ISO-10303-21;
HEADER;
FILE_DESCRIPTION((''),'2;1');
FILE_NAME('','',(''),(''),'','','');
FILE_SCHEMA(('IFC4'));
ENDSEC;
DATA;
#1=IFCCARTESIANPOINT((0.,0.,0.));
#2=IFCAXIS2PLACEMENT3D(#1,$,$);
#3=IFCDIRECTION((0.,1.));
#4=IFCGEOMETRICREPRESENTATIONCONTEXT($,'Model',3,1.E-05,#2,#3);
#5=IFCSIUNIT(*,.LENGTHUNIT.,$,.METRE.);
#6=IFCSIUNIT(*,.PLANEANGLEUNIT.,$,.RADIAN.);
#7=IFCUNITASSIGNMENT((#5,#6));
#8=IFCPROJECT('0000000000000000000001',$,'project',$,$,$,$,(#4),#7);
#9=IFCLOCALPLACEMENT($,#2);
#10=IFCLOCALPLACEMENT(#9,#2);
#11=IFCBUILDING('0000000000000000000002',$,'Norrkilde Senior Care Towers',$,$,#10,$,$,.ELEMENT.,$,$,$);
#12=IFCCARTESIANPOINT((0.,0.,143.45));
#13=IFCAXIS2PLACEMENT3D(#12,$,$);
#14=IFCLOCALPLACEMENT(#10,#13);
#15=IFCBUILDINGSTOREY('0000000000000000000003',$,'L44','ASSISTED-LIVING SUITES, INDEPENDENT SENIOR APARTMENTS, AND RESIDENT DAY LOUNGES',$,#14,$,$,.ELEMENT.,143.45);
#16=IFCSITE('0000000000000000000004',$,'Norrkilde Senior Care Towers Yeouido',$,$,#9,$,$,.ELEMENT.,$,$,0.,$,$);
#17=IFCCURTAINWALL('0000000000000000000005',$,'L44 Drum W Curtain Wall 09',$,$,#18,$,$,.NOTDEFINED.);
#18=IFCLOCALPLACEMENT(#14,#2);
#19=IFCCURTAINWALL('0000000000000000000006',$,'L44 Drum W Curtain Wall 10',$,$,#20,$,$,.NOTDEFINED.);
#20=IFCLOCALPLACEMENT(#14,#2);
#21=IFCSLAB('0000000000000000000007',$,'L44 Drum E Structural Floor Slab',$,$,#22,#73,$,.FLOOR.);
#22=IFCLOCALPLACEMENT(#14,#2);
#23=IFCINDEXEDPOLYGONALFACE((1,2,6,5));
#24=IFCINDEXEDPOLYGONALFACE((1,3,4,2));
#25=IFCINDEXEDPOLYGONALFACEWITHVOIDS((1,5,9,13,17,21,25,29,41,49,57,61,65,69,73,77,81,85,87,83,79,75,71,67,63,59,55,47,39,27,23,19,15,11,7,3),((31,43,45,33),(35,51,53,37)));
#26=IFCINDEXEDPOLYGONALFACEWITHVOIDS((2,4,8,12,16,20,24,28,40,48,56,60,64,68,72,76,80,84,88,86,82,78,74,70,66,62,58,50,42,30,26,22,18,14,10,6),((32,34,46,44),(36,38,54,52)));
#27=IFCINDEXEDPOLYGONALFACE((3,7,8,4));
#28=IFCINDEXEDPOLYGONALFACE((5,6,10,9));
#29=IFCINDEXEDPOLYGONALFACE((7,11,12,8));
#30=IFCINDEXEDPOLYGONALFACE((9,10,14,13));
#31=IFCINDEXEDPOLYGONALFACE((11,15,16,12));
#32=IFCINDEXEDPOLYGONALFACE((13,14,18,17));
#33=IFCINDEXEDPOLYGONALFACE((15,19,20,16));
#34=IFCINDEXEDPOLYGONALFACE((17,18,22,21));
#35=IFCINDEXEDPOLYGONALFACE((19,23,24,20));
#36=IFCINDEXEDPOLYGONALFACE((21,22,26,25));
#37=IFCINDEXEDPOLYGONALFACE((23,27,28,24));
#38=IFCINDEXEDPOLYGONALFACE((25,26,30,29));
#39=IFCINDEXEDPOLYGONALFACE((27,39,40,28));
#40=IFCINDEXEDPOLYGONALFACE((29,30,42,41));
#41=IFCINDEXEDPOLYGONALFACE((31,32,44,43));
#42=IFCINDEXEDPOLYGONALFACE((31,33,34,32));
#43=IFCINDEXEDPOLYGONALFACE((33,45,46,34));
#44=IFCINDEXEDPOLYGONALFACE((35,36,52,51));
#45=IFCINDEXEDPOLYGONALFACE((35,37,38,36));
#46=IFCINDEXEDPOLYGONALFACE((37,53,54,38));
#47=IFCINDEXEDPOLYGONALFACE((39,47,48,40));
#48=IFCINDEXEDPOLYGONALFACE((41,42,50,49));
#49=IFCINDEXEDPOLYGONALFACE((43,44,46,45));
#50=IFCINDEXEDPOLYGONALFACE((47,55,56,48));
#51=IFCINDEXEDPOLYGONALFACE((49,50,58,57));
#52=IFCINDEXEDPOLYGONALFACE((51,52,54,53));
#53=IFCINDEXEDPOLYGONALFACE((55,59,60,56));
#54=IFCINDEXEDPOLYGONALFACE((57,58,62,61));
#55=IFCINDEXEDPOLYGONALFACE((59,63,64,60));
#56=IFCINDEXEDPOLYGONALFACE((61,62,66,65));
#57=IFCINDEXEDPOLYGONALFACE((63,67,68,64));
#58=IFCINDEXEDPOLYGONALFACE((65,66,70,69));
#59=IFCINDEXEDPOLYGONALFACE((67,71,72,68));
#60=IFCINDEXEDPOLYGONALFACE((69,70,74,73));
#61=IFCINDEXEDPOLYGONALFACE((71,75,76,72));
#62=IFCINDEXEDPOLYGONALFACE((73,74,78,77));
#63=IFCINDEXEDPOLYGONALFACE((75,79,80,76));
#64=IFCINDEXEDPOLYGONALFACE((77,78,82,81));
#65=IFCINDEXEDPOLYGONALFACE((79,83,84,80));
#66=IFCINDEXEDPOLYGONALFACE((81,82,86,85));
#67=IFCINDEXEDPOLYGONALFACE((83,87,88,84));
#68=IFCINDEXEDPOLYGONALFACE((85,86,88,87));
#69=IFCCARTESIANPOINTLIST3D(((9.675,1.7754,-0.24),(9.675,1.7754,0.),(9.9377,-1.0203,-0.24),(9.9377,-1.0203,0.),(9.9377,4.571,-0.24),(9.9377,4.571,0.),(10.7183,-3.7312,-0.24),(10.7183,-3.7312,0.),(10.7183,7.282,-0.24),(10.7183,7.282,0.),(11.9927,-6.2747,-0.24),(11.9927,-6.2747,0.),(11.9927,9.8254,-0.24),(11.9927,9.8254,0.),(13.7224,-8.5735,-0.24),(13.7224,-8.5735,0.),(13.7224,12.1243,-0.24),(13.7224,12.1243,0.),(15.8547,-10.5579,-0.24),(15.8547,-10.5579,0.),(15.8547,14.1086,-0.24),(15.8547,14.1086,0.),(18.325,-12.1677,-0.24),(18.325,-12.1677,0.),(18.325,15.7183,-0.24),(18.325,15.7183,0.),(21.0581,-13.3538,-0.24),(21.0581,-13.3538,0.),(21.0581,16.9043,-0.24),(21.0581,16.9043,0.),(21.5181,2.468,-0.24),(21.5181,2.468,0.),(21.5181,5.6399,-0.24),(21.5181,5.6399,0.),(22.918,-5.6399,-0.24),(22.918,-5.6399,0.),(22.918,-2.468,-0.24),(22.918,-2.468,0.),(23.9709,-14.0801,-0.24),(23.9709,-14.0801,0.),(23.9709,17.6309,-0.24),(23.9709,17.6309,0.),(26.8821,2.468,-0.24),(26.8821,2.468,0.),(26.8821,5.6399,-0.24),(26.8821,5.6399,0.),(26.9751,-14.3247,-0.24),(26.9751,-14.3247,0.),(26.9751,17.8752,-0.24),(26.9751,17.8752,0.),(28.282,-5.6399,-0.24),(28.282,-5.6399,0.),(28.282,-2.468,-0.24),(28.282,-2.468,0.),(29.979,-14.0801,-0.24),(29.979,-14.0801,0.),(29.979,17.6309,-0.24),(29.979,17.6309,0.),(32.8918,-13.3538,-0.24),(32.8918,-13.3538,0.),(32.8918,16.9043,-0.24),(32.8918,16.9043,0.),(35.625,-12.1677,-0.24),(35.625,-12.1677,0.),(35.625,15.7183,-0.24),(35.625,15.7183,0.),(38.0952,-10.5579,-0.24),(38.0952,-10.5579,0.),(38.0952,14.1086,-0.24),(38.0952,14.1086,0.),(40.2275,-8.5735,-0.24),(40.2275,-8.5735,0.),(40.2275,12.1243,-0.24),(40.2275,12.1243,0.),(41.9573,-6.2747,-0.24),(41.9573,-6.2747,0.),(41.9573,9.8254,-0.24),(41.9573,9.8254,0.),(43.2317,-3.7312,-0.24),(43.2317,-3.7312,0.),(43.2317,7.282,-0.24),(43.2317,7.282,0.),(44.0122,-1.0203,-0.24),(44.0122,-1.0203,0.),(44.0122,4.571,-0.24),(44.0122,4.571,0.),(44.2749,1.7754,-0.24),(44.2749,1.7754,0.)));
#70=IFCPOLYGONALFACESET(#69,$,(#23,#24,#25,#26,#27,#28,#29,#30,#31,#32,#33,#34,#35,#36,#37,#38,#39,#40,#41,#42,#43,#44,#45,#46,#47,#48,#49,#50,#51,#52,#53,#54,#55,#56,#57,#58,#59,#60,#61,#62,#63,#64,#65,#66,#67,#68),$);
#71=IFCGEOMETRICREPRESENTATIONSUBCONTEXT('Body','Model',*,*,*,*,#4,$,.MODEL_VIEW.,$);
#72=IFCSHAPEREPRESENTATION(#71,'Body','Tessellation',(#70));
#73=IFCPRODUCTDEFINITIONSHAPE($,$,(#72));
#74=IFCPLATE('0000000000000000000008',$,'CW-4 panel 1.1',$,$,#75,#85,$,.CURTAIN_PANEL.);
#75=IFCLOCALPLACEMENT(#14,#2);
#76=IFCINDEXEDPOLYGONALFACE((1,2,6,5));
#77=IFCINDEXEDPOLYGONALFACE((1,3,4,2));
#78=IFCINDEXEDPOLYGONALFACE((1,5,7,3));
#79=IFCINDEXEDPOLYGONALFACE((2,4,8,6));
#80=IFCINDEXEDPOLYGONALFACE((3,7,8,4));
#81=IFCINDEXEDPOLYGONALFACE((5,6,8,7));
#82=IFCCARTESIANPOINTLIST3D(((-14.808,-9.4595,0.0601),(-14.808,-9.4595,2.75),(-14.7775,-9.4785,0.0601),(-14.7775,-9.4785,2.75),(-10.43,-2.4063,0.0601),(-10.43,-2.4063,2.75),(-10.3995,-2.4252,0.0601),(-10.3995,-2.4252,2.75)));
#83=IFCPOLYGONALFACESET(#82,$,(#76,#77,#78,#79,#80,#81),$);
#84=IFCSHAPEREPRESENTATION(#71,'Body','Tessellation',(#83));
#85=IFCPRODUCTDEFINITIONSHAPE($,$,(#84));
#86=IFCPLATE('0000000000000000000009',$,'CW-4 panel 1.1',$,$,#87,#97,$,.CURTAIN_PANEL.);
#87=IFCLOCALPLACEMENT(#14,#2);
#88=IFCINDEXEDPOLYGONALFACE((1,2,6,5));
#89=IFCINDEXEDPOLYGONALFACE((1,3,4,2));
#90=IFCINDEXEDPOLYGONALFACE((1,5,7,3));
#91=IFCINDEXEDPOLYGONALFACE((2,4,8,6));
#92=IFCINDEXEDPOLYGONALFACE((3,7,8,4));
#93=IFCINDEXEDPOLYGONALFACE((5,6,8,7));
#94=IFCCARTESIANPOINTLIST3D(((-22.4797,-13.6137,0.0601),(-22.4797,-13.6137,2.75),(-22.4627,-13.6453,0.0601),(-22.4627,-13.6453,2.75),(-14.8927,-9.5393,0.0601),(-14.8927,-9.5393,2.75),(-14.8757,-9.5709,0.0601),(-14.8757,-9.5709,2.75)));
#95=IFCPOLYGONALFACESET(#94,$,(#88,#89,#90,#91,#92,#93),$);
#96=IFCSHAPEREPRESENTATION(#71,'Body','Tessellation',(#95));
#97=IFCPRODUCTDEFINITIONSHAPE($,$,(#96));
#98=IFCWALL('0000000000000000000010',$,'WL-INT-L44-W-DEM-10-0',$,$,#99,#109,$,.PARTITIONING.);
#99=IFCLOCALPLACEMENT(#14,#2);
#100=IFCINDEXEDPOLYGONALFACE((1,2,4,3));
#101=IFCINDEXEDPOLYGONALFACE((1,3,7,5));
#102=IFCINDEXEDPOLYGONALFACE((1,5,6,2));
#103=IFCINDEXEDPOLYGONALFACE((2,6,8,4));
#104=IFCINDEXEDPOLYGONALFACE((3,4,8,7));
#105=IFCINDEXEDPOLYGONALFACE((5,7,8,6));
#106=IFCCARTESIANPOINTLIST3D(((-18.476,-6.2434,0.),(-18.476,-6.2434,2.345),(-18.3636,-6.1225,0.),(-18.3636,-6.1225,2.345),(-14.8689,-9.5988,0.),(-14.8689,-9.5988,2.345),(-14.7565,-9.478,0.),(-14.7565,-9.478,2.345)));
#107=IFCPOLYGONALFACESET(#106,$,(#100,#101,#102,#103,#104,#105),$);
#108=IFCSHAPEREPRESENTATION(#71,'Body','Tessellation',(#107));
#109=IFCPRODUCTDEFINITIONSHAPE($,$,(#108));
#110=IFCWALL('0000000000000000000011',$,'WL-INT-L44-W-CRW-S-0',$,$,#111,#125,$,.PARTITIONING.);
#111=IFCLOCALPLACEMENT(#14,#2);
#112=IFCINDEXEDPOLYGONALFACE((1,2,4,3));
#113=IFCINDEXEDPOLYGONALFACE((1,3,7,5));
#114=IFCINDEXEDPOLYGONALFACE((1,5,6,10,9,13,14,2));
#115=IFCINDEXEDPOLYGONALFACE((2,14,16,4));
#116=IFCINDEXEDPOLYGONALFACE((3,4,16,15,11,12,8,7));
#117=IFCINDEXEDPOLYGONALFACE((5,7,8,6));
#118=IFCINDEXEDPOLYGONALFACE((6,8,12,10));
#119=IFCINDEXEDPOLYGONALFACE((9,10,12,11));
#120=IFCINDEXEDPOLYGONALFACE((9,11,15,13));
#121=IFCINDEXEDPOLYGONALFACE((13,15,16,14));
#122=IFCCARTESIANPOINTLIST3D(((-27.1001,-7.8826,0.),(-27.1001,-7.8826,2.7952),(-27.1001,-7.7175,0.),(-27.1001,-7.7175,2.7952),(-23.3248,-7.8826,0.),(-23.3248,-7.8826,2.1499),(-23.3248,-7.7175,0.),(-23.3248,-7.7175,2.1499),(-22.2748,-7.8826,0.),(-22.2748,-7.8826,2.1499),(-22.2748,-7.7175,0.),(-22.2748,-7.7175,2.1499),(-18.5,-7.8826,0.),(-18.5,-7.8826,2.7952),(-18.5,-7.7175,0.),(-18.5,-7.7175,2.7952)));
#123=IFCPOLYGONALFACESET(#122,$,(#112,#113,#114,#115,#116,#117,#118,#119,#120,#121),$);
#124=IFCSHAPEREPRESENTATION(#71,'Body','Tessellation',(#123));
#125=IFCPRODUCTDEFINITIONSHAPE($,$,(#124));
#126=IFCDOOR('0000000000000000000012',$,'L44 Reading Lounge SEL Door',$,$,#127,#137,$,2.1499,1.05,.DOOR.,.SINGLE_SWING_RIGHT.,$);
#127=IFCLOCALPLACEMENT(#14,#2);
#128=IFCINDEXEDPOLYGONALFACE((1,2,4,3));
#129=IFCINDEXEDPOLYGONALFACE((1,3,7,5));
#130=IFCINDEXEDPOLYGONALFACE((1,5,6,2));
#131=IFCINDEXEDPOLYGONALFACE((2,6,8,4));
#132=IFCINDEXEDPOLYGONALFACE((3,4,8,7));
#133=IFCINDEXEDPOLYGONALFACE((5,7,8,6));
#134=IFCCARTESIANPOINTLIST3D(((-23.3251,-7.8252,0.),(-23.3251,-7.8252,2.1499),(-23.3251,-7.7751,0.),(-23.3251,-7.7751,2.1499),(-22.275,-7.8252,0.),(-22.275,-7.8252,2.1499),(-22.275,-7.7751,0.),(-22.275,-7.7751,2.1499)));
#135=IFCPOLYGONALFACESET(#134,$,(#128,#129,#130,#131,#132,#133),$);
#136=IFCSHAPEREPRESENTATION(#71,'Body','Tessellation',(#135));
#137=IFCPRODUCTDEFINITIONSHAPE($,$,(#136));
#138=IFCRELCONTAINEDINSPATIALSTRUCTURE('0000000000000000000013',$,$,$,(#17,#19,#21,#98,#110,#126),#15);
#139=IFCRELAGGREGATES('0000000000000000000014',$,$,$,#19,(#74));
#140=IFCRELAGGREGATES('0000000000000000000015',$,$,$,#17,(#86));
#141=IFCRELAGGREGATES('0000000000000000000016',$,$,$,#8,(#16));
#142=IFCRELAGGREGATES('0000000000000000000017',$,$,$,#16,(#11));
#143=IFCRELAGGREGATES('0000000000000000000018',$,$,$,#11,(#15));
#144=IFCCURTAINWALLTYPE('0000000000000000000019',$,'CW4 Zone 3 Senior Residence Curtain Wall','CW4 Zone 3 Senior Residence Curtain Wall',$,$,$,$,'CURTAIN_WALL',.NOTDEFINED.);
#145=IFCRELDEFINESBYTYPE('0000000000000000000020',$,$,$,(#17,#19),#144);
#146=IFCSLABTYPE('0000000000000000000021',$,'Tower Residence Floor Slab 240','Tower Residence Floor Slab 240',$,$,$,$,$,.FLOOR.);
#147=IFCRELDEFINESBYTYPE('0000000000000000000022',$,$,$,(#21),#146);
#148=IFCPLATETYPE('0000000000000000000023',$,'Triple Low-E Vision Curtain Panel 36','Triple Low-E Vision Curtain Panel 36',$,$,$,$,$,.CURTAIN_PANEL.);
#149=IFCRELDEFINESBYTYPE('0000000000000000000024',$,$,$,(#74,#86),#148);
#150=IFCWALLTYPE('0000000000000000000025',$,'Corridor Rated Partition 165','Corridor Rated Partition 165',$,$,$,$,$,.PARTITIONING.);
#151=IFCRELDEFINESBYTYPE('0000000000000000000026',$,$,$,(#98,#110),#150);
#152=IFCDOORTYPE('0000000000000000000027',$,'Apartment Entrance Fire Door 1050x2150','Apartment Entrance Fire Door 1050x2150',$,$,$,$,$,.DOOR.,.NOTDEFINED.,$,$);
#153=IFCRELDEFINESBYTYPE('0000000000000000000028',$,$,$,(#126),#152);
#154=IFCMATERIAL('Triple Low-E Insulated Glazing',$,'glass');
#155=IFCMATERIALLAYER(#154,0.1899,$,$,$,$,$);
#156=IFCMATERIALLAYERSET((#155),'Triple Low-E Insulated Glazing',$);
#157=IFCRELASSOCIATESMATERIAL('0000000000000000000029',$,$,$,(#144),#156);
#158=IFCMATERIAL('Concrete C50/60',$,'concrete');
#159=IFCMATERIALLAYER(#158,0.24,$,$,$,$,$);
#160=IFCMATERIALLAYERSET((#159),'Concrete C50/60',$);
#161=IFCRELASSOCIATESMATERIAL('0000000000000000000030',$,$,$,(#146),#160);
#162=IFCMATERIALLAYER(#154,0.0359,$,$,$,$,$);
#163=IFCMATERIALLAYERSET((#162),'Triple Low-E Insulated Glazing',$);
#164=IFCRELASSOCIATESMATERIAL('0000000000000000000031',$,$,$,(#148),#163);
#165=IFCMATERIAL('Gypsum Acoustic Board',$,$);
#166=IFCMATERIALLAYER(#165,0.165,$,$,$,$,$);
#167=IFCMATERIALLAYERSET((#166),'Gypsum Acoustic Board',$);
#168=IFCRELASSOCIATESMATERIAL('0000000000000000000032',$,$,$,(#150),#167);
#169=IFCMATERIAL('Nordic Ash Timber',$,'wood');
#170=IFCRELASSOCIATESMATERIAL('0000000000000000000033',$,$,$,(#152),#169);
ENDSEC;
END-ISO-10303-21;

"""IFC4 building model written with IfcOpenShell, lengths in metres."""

from ifc_helpers import new_model, si_unit, direction, frame, frame_2d, origin, origin_2d, place, context, subcontext, project, spatial, polyline, rectangle, outline, extrude, source, transform, mapped, material, layer, layer_set, type_object, type_shapes, element, fill, aggregate, save


model = new_model("IFC4")

# Units and contexts
model_context = context("Model", 3, precision=1e-05, world=origin(), true_north=direction((0.0, 1.0)))
body_context = subcontext(model_context, "Body", "Model", "MODEL_VIEW")
ifc_project = project(units=[si_unit("LENGTHUNIT", "METRE"), si_unit("PLANEANGLEUNIT", "RADIAN")], contexts=[model_context])

# Site, building, storey
site_placement = place(None, origin())
site = spatial("IfcSite", under=ifc_project, at=site_placement, Name="Norrkilde Senior Care Towers Yeouido", CompositionType="ELEMENT", RefElevation=0.0)
building_placement = place(site_placement, origin())
building = spatial("IfcBuilding", under=site, at=building_placement, Name="Norrkilde Senior Care Towers", CompositionType="ELEMENT")
storey_placement = place(building_placement, frame((0.0, 0.0, 143.45)))
storey = spatial("IfcBuildingStorey", under=building, at=storey_placement, Name="L44", Description="ASSISTED-LIVING SUITES, INDEPENDENT SENIOR APARTMENTS, AND RESIDENT DAY LOUNGES", CompositionType="ELEMENT", Elevation=143.45)

# Shared definitions
ifc_material_1 = material(Name="Concrete C50/60", Category="concrete")

# Curtain wall
ifc_material_2 = material(Name="Triple Low-E Insulated Glazing", Category="glass")
ifc_layer_1 = layer(ifc_material_2, 0.1899)
ifc_layer_set_1 = layer_set([ifc_layer_1], Name="Triple Low-E Insulated Glazing")
curtain_wall_type = type_object("IfcCurtainWallType", Name="CW4 Zone 3 Senior Residence Curtain Wall", Description="CW4 Zone 3 Senior Residence Curtain Wall", ElementType="CURTAIN_WALL", PredefinedType="NOTDEFINED", material=ifc_layer_set_1)
curtain_wall_1_placement = place(storey_placement, origin())
curtain_wall_1 = element("IfcCurtainWall", 1, at=curtain_wall_1_placement, inside=storey, type_object=curtain_wall_type, Name="L44 Drum W Curtain Wall 09", PredefinedType="NOTDEFINED")

# Curtain wall
curtain_wall_2_placement = place(storey_placement, origin())
curtain_wall_2 = element("IfcCurtainWall", 2, at=curtain_wall_2_placement, inside=storey, type_object=curtain_wall_type, Name="L44 Drum W Curtain Wall 10", PredefinedType="NOTDEFINED")

# Slab
ifc_layer_2 = layer(ifc_material_1, 0.24)
ifc_layer_set_2 = layer_set([ifc_layer_2], Name="Concrete C50/60")
slab_type_1 = type_object("IfcSlabType", Name="Tower Residence Floor Slab 240", Description="Tower Residence Floor Slab 240", PredefinedType="FLOOR", material=ifc_layer_set_2)
slab_1_placement = place(storey_placement, frame((0.0, 0.0, -0.24)))
element("IfcSlab", 3, at=slab_1_placement, inside=storey, type_object=slab_type_1, Name="L44 Drum E Structural Floor Slab", PredefinedType="FLOOR", context=body_context, shape_type="SweptSolid", body=[
    extrude(outline(polyline([(43.2317, -3.7312), (41.9573, -6.2747), (40.2275, -8.5735), (38.0952, -10.5579), (35.625, -12.1677), (32.8918, -13.3538), (29.979, -14.0801), (26.9751, -14.3247), (23.9709, -14.0801), (21.0581, -13.3538), (18.325, -12.1677), (15.8547, -10.5579), (13.7224, -8.5735), (11.9927, -6.2747), (10.7183, -3.7312), (9.9377, -1.0203), (9.675, 1.7754), (9.9377, 4.571), (10.7183, 7.282), (11.9927, 9.8254), (13.7224, 12.1243), (15.8547, 14.1086), (18.325, 15.7183), (21.0581, 16.9043), (23.9709, 17.6309), (26.9751, 17.8752), (29.979, 17.6309), (32.8918, 16.9043), (35.625, 15.7183), (38.0952, 14.1086), (40.2275, 12.1243), (41.9573, 9.8254), (43.2317, 7.282), (44.0122, 4.571), (44.2749, 1.7754), (44.0122, -1.0203), (43.2317, -3.7312)]), holes=[polyline([(21.5181, 2.468), (26.8821, 2.468), (26.8821, 5.6399), (21.5181, 5.6399), (21.5181, 2.468)]), polyline([(28.282, -5.6399), (28.282, -2.468), (22.918, -2.468), (22.918, -5.6399), (28.282, -5.6399)])]), origin(), (0.0, 0.0, 1.0), 0.24),
])

# Plates
ifc_layer_3 = layer(ifc_material_2, 0.0359)
ifc_layer_set_3 = layer_set([ifc_layer_3], Name="Triple Low-E Insulated Glazing")
plate_type = type_object("IfcPlateType", Name="Triple Low-E Vision Curtain Panel 36", Description="Triple Low-E Vision Curtain Panel 36", PredefinedType="CURTAIN_PANEL", material=ifc_layer_set_3)
shared_shape_1 = source(origin(), body_context, "Body", "SweptSolid", [
    extrude(rectangle(XDim=8.3015, YDim=0.0359, at=origin_2d()), origin(), (0.0, 0.0, 1.0), 2.6899),
])
plate_1_placement = place(storey_placement, frame((-12.6038, -5.9424, 0.0601), z_axis=(0.0, 0.0, 1.0), x_axis=(-0.527373, -0.849634, 0.0)))
plate_1 = element("IfcPlate", 4, at=plate_1_placement, type_object=plate_type, Name="CW-4 panel 1.1", PredefinedType="CURTAIN_PANEL", context=body_context, shape_type="MappedRepresentation", body=[
    mapped(shared_shape_1, transform((0.0, 0.0, 0.0), x_axis=(1.0, 0.0, 0.0), y_axis=(0.0, 1.0, 0.0), z_axis=(0.0, 0.0, 1.0), scale=1.0)),
])
aggregate(curtain_wall_2, [plate_1])
shared_shape_2 = source(origin(), body_context, "Body", "SweptSolid", [
    extrude(rectangle(XDim=8.6118, YDim=0.0359, at=origin_2d()), origin(), (0.0, 0.0, 1.0), 2.6899),
])
type_shapes(plate_type, [shared_shape_1, shared_shape_2])
plate_2_placement = place(storey_placement, frame((-18.6777, -11.5923, 0.0601), z_axis=(0.0, 0.0, 1.0), x_axis=(-0.881, -0.473117, 0.0)))
plate_2 = element("IfcPlate", 5, at=plate_2_placement, type_object=plate_type, Name="CW-4 panel 1.1", PredefinedType="CURTAIN_PANEL", context=body_context, shape_type="MappedRepresentation", body=[
    mapped(shared_shape_2, transform((0.0, 0.0, 0.0), x_axis=(1.0, 0.0, 0.0), y_axis=(0.0, 1.0, 0.0), z_axis=(0.0, 0.0, 1.0), scale=1.0)),
])
aggregate(curtain_wall_1, [plate_2])

# Wall
ifc_material_3 = material(Name="Gypsum Acoustic Board")
ifc_layer_4 = layer(ifc_material_3, 0.165)
ifc_layer_set_4 = layer_set([ifc_layer_4], Name="Gypsum Acoustic Board")
wall_type = type_object("IfcWallType", Name="Corridor Rated Partition 165", Description="Corridor Rated Partition 165", PredefinedType="PARTITIONING", material=ifc_layer_set_4)
shared_shape_3 = source(origin(), body_context, "Body", "SweptSolid", [
    extrude(rectangle(XDim=4.9265, YDim=0.165, at=frame_2d((2.4634, 0.0))), origin(), (0.0, 0.0, 1.0), 2.345),
])
wall_1_placement = place(storey_placement, frame((-18.4199, -6.1829, 0.0), z_axis=(0.0, 0.0, 1.0), x_axis=(0.732191, -0.681099, 0.0)))
element("IfcWall", 6, at=wall_1_placement, inside=storey, type_object=wall_type, Name="WL-INT-L44-W-DEM-10-0", PredefinedType="PARTITIONING", context=body_context, shape_type="MappedRepresentation", body=[
    mapped(shared_shape_3, transform((0.0, 0.0, 0.0), x_axis=(1.0, 0.0, 0.0), y_axis=(0.0, 1.0, 0.0), z_axis=(0.0, 0.0, 1.0), scale=1.0)),
])

# Wall, opening, door
shared_shape_4 = source(origin(), body_context, "Body", "SweptSolid", [
    extrude(rectangle(XDim=8.6001, YDim=0.165, at=frame_2d((4.3, 0.0))), origin(), (0.0, 0.0, 1.0), 2.7952),
])
type_shapes(wall_type, [shared_shape_3, shared_shape_4])
wall_2_placement = place(storey_placement, frame((-18.5, -7.8, 0.0), z_axis=(0.0, 0.0, 1.0), x_axis=(-1.0, 0.0, 0.0)))
wall_2 = element("IfcWall", 7, at=wall_2_placement, inside=storey, type_object=wall_type, Name="WL-INT-L44-W-CRW-S-0", PredefinedType="PARTITIONING", context=body_context, shape_type="MappedRepresentation", body=[
    mapped(shared_shape_4, transform((0.0, 0.0, 0.0), x_axis=(1.0, 0.0, 0.0), y_axis=(0.0, 1.0, 0.0), z_axis=(0.0, 0.0, 1.0), scale=1.0)),
])
opening_placement = place(wall_2_placement, frame((3.7749, 0.0, 0.0)))
opening = element("IfcOpeningElement", 8, at=opening_placement, cuts=wall_2, PredefinedType="OPENING", context=body_context, shape_type="SweptSolid", body=[
    extrude(rectangle(XDim=1.05, YDim=2.1499, at=frame_2d((0.5249, 1.075))), frame((0.0, 0.0925, 0.0), z_axis=(0.0, -1.0, 0.0), x_axis=(1.0, 0.0, 0.0)), (0.0, 0.0, 1.0), 0.1851),
])
ifc_material_4 = material(Name="Nordic Ash Timber", Category="wood")
door_type = type_object("IfcDoorType", Name="Apartment Entrance Fire Door 1050x2150", Description="Apartment Entrance Fire Door 1050x2150", OperationType="NOTDEFINED", PredefinedType="DOOR", material=ifc_material_4)
shared_shape_5 = source(origin(), body_context, "Body", "SweptSolid", [
    extrude(rectangle(XDim=1.05, YDim=2.1499, at=frame_2d((0.5249, 1.075))), frame((0.0, 0.0249, 0.0), z_axis=(0.0, -1.0, 0.0), x_axis=(1.0, 0.0, 0.0)), (0.0, 0.0, 1.0), 0.05),
])
type_shapes(door_type, [shared_shape_5])
door_placement = place(opening_placement, frame((1.05, 0.0, 0.0), z_axis=(0.0, 0.0, 1.0), x_axis=(-1.0, 0.0, 0.0)))
door = element("IfcDoor", 9, at=door_placement, inside=storey, type_object=door_type, Name="L44 Reading Lounge SEL Door", OperationType="SINGLE_SWING_RIGHT", OverallHeight=2.1499, OverallWidth=1.05, PredefinedType="DOOR", context=body_context, shape_type="MappedRepresentation", body=[
    mapped(shared_shape_5, transform((0.0, 0.0, 0.0), x_axis=(1.0, 0.0, 0.0), y_axis=(0.0, 1.0, 0.0), z_axis=(0.0, 0.0, 1.0), scale=1.0)),
])
fill(opening, door)

save(model, "model.ifc")
